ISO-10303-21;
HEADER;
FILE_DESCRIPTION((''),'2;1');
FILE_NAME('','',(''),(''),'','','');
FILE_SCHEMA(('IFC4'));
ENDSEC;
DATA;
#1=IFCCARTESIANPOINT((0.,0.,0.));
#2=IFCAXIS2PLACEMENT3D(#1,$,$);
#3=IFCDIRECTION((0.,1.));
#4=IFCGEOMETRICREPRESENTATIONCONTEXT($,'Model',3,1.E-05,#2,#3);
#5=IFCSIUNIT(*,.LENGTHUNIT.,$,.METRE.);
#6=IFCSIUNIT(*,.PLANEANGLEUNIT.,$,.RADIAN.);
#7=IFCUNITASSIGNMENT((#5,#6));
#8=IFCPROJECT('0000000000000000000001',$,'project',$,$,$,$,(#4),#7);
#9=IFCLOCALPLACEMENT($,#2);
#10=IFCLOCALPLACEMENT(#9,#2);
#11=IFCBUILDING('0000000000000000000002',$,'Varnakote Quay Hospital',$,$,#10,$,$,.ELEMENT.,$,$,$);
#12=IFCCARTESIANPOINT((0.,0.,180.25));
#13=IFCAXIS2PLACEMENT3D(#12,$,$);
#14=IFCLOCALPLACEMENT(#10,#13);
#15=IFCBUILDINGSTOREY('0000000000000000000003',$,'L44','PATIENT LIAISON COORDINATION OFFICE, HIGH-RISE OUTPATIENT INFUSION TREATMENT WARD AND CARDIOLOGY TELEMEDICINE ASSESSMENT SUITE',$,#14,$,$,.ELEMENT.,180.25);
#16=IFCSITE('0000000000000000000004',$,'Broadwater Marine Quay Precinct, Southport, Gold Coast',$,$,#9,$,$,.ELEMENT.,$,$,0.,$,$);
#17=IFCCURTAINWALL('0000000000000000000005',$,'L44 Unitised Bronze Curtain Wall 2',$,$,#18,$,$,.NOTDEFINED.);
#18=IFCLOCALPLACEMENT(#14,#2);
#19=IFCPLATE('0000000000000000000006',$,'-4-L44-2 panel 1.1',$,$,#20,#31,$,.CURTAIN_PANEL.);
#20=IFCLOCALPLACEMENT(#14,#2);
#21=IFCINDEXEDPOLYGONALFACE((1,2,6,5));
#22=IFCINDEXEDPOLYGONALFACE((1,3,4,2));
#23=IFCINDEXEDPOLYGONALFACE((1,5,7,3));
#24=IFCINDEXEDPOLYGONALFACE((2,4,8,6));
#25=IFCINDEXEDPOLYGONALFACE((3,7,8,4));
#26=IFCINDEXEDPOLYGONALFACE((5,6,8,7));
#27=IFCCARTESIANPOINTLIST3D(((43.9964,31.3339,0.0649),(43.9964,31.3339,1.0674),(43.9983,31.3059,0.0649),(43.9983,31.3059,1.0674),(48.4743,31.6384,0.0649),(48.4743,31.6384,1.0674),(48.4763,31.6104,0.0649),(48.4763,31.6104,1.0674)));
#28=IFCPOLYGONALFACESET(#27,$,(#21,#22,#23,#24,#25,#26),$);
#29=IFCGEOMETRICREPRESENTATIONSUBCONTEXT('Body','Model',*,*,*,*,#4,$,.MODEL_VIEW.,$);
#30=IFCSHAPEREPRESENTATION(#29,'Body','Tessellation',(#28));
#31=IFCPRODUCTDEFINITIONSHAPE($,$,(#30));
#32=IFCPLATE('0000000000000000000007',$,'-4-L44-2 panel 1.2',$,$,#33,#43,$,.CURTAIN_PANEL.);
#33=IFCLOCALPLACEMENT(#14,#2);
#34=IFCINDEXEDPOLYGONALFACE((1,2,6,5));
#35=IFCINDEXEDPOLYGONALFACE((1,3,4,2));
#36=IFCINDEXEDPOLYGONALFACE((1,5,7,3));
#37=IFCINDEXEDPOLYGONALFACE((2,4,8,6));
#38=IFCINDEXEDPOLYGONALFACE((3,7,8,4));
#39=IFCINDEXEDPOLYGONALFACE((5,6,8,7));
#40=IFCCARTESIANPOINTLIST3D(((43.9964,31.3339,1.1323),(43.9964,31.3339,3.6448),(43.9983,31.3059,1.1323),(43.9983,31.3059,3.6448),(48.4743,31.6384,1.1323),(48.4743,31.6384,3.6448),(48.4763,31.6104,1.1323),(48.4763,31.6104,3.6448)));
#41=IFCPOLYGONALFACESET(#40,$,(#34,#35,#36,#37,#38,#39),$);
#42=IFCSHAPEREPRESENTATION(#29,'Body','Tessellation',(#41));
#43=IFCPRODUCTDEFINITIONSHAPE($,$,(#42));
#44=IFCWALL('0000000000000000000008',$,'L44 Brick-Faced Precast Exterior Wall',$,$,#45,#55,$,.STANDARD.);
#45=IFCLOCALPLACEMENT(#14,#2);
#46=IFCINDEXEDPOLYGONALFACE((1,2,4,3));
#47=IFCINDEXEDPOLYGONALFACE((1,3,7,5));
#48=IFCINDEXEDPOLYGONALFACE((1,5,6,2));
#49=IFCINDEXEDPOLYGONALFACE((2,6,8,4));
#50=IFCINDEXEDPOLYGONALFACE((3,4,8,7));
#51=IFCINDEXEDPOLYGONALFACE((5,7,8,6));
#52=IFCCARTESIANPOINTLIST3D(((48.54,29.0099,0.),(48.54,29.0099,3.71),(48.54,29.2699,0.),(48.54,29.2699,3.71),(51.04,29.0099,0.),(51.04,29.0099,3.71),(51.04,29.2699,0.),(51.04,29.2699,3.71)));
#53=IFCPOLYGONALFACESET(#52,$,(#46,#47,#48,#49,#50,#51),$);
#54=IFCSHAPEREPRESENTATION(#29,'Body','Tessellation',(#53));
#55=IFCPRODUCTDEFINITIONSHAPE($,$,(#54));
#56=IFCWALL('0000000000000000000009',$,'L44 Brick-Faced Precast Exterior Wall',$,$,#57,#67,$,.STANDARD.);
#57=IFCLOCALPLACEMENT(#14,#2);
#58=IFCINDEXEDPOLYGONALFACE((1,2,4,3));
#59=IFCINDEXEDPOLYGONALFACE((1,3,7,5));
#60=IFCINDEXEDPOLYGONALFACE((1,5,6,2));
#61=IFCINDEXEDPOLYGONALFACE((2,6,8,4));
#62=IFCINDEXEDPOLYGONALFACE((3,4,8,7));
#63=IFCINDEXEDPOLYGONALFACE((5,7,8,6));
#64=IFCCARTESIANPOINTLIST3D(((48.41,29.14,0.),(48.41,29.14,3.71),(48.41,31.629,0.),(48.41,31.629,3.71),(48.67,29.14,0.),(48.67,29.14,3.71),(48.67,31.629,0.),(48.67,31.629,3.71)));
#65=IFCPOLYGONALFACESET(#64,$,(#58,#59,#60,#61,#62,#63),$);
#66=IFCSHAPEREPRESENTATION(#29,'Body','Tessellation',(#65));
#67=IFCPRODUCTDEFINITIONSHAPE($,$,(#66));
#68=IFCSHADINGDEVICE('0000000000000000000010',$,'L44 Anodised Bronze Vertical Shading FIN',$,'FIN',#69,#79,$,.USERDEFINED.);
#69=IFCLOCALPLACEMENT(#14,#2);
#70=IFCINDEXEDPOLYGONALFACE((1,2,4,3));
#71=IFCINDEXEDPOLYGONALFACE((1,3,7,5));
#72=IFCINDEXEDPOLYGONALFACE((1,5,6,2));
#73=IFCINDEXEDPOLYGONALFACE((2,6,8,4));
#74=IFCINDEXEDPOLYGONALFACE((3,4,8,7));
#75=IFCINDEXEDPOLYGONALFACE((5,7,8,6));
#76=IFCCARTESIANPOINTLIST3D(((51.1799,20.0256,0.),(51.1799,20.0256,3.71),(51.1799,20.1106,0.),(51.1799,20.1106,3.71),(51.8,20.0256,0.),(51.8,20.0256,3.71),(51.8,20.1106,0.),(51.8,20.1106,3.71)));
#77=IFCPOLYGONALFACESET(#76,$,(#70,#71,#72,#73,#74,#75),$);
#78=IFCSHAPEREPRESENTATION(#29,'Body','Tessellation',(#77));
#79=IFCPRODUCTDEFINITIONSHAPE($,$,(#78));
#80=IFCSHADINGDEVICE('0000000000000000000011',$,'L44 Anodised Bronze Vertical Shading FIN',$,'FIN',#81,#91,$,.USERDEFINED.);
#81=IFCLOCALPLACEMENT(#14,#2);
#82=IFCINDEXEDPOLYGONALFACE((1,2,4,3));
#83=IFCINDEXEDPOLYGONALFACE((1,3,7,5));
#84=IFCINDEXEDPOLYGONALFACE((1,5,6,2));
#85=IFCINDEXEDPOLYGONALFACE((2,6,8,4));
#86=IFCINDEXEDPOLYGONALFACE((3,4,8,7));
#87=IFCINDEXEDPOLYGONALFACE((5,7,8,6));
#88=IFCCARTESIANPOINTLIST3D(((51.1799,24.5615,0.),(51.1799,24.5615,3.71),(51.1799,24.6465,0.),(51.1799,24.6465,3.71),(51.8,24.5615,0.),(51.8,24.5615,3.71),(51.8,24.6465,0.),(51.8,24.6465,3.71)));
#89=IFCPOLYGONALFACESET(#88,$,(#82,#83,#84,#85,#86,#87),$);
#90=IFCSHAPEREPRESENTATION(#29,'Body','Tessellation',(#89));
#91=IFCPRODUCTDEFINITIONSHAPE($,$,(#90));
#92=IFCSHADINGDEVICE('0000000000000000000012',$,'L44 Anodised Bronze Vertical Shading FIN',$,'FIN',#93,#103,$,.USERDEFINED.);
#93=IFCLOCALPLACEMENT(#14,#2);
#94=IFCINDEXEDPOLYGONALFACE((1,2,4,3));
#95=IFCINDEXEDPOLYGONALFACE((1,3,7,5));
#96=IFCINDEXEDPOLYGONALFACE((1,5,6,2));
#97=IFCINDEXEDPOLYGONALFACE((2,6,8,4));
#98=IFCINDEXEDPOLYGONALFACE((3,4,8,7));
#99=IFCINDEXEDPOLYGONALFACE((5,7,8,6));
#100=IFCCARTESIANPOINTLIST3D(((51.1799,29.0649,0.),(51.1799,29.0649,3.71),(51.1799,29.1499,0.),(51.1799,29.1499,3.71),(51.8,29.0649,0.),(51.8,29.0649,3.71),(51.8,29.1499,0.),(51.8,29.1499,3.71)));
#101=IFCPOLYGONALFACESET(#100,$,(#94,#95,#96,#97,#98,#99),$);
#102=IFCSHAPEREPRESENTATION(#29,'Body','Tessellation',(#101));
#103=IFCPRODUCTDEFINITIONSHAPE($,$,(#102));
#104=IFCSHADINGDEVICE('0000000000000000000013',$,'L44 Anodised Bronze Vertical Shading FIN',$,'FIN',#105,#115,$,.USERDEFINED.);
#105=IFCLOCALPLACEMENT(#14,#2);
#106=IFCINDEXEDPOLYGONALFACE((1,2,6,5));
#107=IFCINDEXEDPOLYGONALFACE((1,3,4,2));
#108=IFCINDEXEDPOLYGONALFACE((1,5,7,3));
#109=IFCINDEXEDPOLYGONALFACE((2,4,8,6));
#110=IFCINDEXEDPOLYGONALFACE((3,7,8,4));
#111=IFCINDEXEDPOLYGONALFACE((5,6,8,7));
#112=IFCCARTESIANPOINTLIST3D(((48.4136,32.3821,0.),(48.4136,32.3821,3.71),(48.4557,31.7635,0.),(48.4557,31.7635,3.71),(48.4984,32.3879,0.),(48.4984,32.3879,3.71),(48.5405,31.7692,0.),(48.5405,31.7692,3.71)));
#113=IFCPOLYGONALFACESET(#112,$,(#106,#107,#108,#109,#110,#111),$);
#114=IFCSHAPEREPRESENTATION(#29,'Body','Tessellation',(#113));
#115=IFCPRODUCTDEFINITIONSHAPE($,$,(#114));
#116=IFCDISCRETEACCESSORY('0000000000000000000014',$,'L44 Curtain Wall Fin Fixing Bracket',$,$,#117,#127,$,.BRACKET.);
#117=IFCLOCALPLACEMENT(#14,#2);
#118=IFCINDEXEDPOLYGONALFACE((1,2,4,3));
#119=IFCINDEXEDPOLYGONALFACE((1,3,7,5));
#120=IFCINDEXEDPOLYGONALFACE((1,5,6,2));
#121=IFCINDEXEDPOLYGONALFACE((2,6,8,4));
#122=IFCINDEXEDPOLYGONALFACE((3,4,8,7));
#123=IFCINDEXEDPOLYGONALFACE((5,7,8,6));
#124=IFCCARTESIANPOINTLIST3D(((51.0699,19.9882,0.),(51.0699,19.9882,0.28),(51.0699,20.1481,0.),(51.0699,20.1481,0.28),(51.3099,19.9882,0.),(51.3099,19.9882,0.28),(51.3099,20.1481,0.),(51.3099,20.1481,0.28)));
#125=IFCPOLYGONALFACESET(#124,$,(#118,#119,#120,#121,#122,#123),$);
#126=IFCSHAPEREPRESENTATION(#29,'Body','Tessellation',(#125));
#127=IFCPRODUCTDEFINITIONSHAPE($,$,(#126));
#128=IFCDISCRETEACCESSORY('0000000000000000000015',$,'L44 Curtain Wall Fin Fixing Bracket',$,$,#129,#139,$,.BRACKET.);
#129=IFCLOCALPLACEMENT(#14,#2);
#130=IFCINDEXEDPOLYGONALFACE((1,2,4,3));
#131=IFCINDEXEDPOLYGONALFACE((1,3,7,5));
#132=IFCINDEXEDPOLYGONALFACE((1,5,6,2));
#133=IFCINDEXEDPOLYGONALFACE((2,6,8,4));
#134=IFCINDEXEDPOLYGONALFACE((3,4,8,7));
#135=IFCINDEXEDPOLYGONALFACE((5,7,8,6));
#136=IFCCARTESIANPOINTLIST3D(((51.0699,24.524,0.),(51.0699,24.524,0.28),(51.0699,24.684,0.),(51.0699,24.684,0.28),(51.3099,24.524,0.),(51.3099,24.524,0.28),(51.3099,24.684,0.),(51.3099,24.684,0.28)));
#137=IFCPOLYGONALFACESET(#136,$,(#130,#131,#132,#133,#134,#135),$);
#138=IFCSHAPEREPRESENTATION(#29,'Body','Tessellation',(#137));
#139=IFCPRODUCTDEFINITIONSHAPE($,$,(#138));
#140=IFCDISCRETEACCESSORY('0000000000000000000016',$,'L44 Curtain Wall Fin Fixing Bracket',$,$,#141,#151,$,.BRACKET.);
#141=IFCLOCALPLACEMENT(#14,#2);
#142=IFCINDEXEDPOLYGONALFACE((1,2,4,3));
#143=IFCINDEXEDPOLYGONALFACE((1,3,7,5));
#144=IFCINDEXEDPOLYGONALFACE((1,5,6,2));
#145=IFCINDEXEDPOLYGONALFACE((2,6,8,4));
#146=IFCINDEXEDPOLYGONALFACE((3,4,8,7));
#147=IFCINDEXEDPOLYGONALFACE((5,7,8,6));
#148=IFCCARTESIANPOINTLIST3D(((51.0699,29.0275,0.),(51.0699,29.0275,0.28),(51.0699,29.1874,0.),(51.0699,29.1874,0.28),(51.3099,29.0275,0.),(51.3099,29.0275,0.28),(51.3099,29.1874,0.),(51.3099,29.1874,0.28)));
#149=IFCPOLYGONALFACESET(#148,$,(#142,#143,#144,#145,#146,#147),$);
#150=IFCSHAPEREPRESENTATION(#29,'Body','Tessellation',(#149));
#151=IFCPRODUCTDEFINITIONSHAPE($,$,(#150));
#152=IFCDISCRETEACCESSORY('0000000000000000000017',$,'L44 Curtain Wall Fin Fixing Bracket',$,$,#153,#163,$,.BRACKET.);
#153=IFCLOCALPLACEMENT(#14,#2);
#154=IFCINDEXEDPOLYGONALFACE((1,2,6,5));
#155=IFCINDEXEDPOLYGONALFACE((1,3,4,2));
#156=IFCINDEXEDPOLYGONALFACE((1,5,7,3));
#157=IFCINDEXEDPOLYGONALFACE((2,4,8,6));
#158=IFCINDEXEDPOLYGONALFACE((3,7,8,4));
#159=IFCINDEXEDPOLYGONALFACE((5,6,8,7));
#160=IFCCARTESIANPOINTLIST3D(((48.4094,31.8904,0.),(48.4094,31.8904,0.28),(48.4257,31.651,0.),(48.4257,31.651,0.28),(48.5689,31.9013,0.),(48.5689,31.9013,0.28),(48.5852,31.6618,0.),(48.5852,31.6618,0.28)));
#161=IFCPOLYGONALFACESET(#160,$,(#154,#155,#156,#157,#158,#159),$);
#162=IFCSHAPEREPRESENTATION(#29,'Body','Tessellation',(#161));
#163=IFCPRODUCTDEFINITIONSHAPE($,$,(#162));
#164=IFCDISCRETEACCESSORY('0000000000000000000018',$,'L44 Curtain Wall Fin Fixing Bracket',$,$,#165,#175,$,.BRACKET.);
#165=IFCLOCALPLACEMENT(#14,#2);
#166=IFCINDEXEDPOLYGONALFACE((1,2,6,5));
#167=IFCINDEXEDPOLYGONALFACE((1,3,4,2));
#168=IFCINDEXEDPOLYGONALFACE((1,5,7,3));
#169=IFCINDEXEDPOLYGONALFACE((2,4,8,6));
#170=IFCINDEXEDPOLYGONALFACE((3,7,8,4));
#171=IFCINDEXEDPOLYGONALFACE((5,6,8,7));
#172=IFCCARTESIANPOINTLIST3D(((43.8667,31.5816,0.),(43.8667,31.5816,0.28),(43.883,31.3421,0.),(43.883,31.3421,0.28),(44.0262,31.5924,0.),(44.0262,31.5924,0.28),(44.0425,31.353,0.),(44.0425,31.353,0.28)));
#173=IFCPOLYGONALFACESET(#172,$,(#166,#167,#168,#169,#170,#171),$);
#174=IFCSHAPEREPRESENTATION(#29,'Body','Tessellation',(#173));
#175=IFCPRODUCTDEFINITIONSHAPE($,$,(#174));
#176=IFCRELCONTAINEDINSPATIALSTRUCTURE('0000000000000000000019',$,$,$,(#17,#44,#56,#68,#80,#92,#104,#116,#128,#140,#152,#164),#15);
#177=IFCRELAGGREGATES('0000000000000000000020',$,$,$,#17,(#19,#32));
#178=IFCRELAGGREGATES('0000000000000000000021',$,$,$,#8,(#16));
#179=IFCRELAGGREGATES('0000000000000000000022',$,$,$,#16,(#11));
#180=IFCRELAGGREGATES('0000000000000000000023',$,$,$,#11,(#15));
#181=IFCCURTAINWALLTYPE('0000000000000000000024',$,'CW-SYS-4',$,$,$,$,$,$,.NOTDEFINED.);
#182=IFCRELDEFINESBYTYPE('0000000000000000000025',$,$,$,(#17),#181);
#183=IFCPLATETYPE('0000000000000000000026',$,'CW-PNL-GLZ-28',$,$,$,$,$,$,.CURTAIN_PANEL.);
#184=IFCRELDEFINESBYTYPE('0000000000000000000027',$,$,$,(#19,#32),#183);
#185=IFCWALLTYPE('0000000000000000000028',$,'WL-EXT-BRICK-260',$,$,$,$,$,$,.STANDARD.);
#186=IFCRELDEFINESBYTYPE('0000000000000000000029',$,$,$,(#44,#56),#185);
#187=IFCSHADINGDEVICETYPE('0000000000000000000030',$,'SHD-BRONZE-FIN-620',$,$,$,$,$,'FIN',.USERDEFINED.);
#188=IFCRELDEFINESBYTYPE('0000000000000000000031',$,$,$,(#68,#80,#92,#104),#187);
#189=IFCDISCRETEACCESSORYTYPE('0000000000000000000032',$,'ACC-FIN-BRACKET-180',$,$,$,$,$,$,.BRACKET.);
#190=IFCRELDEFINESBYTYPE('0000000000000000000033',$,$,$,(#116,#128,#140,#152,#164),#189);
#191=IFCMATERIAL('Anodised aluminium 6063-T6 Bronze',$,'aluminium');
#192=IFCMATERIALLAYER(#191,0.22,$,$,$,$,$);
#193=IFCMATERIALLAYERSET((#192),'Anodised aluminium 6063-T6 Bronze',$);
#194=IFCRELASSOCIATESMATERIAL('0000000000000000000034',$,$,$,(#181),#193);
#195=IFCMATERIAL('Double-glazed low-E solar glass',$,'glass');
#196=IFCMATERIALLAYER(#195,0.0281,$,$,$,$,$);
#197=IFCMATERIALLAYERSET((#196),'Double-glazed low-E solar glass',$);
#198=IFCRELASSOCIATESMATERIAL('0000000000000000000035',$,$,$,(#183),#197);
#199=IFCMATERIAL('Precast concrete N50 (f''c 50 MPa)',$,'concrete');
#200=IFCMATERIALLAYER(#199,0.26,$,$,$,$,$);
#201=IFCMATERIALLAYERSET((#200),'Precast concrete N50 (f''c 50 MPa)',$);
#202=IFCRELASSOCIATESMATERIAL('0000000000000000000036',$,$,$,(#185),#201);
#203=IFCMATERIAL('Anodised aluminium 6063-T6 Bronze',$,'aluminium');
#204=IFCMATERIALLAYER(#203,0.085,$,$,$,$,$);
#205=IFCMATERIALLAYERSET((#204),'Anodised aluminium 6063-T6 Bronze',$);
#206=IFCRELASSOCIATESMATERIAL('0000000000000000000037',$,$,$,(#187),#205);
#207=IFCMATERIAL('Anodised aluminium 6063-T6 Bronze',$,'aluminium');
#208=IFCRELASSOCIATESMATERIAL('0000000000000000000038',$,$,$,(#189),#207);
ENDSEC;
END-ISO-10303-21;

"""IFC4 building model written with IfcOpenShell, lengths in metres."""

from ifc_helpers import new_model, si_unit, direction, frame, frame_2d, origin, origin_2d, place, context, subcontext, project, spatial, rectangle, extrude, material, layer, layer_set, type_object, element, aggregate, save


model = new_model("IFC4")

# Units and contexts
model_context = context("Model", 3, precision=1e-05, world=origin(), true_north=direction((0.0, 1.0)))
body_context = subcontext(model_context, "Body", "Model", "MODEL_VIEW")
ifc_project = project(units=[si_unit("LENGTHUNIT", "METRE"), si_unit("PLANEANGLEUNIT", "RADIAN")], contexts=[model_context])

# Site, building, storey
site_placement = place(None, origin())
site = spatial("IfcSite", under=ifc_project, at=site_placement, Name="Broadwater Marine Quay Precinct, Southport, Gold Coast", CompositionType="ELEMENT", RefElevation=0.0)
building_placement = place(site_placement, origin())
building = spatial("IfcBuilding", under=site, at=building_placement, Name="Varnakote Quay Hospital", CompositionType="ELEMENT")
storey_placement = place(building_placement, frame((0.0, 0.0, 180.25)))
storey = spatial("IfcBuildingStorey", under=building, at=storey_placement, Name="L44", Description="PATIENT LIAISON COORDINATION OFFICE, HIGH-RISE OUTPATIENT INFUSION TREATMENT WARD AND CARDIOLOGY TELEMEDICINE ASSESSMENT SUITE", CompositionType="ELEMENT", Elevation=180.25)

# Curtain wall
ifc_material_1 = material(Name="Anodised aluminium 6063-T6 Bronze", Category="aluminium")
ifc_layer_1 = layer(ifc_material_1, 0.22)
ifc_layer_set_1 = layer_set([ifc_layer_1], Name="Anodised aluminium 6063-T6 Bronze")
curtain_wall_type = type_object("IfcCurtainWallType", Name="CW-SYS-4", PredefinedType="NOTDEFINED", material=ifc_layer_set_1)
curtain_wall_1_placement = place(storey_placement, origin())
curtain_wall_1 = element("IfcCurtainWall", 1, at=curtain_wall_1_placement, inside=storey, type_object=curtain_wall_type, Name="L44 Unitised Bronze Curtain Wall 2", PredefinedType="NOTDEFINED")

# Plates
ifc_material_2 = material(Name="Double-glazed low-E solar glass", Category="glass")
ifc_layer_2 = layer(ifc_material_2, 0.0281)
ifc_layer_set_2 = layer_set([ifc_layer_2], Name="Double-glazed low-E solar glass")
plate_type = type_object("IfcPlateType", Name="CW-PNL-GLZ-28", PredefinedType="CURTAIN_PANEL", material=ifc_layer_set_2)
plate_1_placement = place(storey_placement, frame((46.2363, 31.4722, 0.0649), z_axis=(0.0, 0.0, 1.0), x_axis=(-0.997696, -0.067842, 0.0)))
plate_1 = element("IfcPlate", 2, at=plate_1_placement, type_object=plate_type, Name="-4-L44-2 panel 1.1", PredefinedType="CURTAIN_PANEL", context=body_context, shape_type="SweptSolid", body=[
    extrude(rectangle(XDim=4.4883, YDim=0.0281, at=origin_2d()), origin(), (0.0, 0.0, 1.0), 1.0024),
])
plate_2_placement = place(storey_placement, frame((46.2363, 31.4722, 1.1323), z_axis=(0.0, 0.0, 1.0), x_axis=(-0.997696, -0.067842, 0.0)))
plate_2 = element("IfcPlate", 3, at=plate_2_placement, type_object=plate_type, Name="-4-L44-2 panel 1.2", PredefinedType="CURTAIN_PANEL", context=body_context, shape_type="SweptSolid", body=[
    extrude(rectangle(XDim=4.4883, YDim=0.0281, at=origin_2d()), origin(), (0.0, 0.0, 1.0), 2.5125),
])
aggregate(curtain_wall_1, [plate_1, plate_2])

# Walls
ifc_material_3 = material(Name="Precast concrete N50 (f'c 50 MPa)", Category="concrete")
ifc_layer_3 = layer(ifc_material_3, 0.26)
ifc_layer_set_3 = layer_set([ifc_layer_3], Name="Precast concrete N50 (f'c 50 MPa)")
wall_type = type_object("IfcWallType", Name="WL-EXT-BRICK-260", PredefinedType="STANDARD", material=ifc_layer_set_3)
wall_1_placement = place(storey_placement, frame((51.04, 29.1399, 0.0), z_axis=(0.0, 0.0, 1.0), x_axis=(-1.0, 0.0, 0.0)))
element("IfcWall", 4, at=wall_1_placement, inside=storey, type_object=wall_type, Name="L44 Brick-Faced Precast Exterior Wall", PredefinedType="STANDARD", context=body_context, shape_type="SweptSolid", body=[
    extrude(rectangle(XDim=2.5, YDim=0.26, at=frame_2d((1.25, 0.0))), origin(), (0.0, 0.0, 1.0), 3.71),
])
wall_2_placement = place(storey_placement, frame((48.54, 29.1399, 0.0), z_axis=(0.0, 0.0, 1.0), x_axis=(0.0, 1.0, 0.0)))
element("IfcWall", 5, at=wall_2_placement, inside=storey, type_object=wall_type, Name="L44 Brick-Faced Precast Exterior Wall", PredefinedType="STANDARD", context=body_context, shape_type="SweptSolid", body=[
    extrude(rectangle(XDim=2.489, YDim=0.26, at=frame_2d((1.2446, 0.0))), origin(), (0.0, 0.0, 1.0), 3.71),
])

# Shading devices
ifc_material_4 = material(Name="Anodised aluminium 6063-T6 Bronze", Category="aluminium")
ifc_layer_4 = layer(ifc_material_4, 0.085)
ifc_layer_set_4 = layer_set([ifc_layer_4], Name="Anodised aluminium 6063-T6 Bronze")
shading_device_type = type_object("IfcShadingDeviceType", Name="SHD-BRONZE-FIN-620", ElementType="FIN", PredefinedType="USERDEFINED", material=ifc_layer_set_4)
for number, where, z_axis, x_axis, name in (
    (6, (51.49, 20.0681, 0.0), (0.0, 0.0, 1.0), (-1.0, 0.0, 0.0), "L44 Anodised Bronze Vertical Shading FIN"),
    (7, (51.49, 24.604, 0.0), (0.0, 0.0, 1.0), (-1.0, 0.0, 0.0), "L44 Anodised Bronze Vertical Shading FIN"),
    (8, (51.49, 29.1074, 0.0), (0.0, 0.0, 1.0), (-1.0, 0.0, 0.0), "L44 Anodised Bronze Vertical Shading FIN"),
    (9, (48.4771, 32.0757, 0.0), (0.0, 0.0, 1.0), (0.067841, -0.997696, 0.0), "L44 Anodised Bronze Vertical Shading FIN"),
):
    element("IfcShadingDevice", number, at=place(storey_placement, frame(where, z_axis=z_axis, x_axis=x_axis)), inside=storey, type_object=shading_device_type, Name=name, ObjectType="FIN", PredefinedType="USERDEFINED", context=body_context, shape_type="SweptSolid", body=[
        extrude(rectangle(XDim=0.6201, YDim=0.085, at=origin_2d()), origin(), (0.0, 0.0, 1.0), 3.71),
    ])

# Discrete accessories
ifc_material_5 = material(Name="Anodised aluminium 6063-T6 Bronze", Category="aluminium")
discrete_accessory_type = type_object("IfcDiscreteAccessoryType", Name="ACC-FIN-BRACKET-180", PredefinedType="BRACKET", material=ifc_material_5)
for number, where, z_axis, x_axis, name in (
    (10, (51.1899, 20.0681, 0.0), (0.0, 0.0, 1.0), (0.0, 1.0, 0.0), "L44 Curtain Wall Fin Fixing Bracket"),
    (11, (51.1899, 24.604, 0.0), (0.0, 0.0, 1.0), (0.0, 1.0, 0.0), "L44 Curtain Wall Fin Fixing Bracket"),
    (12, (51.1899, 29.1074, 0.0), (0.0, 0.0, 1.0), (0.0, 1.0, 0.0), "L44 Curtain Wall Fin Fixing Bracket"),
    (13, (48.4973, 31.7761, 0.0), (0.0, 0.0, 1.0), (-0.997696, -0.067841, 0.0), "L44 Curtain Wall Fin Fixing Bracket"),
    (14, (43.9546, 31.4673, 0.0), (0.0, 0.0, 1.0), (-0.997696, -0.067841, 0.0), "L44 Curtain Wall Fin Fixing Bracket"),
):
    element("IfcDiscreteAccessory", number, at=place(storey_placement, frame(where, z_axis=z_axis, x_axis=x_axis)), inside=storey, type_object=discrete_accessory_type, Name=name, PredefinedType="BRACKET", context=body_context, shape_type="SweptSolid", body=[
        extrude(rectangle(XDim=0.1599, YDim=0.24, at=origin_2d()), origin(), (0.0, 0.0, 1.0), 0.28),
    ])

save(model, "model.ifc")
